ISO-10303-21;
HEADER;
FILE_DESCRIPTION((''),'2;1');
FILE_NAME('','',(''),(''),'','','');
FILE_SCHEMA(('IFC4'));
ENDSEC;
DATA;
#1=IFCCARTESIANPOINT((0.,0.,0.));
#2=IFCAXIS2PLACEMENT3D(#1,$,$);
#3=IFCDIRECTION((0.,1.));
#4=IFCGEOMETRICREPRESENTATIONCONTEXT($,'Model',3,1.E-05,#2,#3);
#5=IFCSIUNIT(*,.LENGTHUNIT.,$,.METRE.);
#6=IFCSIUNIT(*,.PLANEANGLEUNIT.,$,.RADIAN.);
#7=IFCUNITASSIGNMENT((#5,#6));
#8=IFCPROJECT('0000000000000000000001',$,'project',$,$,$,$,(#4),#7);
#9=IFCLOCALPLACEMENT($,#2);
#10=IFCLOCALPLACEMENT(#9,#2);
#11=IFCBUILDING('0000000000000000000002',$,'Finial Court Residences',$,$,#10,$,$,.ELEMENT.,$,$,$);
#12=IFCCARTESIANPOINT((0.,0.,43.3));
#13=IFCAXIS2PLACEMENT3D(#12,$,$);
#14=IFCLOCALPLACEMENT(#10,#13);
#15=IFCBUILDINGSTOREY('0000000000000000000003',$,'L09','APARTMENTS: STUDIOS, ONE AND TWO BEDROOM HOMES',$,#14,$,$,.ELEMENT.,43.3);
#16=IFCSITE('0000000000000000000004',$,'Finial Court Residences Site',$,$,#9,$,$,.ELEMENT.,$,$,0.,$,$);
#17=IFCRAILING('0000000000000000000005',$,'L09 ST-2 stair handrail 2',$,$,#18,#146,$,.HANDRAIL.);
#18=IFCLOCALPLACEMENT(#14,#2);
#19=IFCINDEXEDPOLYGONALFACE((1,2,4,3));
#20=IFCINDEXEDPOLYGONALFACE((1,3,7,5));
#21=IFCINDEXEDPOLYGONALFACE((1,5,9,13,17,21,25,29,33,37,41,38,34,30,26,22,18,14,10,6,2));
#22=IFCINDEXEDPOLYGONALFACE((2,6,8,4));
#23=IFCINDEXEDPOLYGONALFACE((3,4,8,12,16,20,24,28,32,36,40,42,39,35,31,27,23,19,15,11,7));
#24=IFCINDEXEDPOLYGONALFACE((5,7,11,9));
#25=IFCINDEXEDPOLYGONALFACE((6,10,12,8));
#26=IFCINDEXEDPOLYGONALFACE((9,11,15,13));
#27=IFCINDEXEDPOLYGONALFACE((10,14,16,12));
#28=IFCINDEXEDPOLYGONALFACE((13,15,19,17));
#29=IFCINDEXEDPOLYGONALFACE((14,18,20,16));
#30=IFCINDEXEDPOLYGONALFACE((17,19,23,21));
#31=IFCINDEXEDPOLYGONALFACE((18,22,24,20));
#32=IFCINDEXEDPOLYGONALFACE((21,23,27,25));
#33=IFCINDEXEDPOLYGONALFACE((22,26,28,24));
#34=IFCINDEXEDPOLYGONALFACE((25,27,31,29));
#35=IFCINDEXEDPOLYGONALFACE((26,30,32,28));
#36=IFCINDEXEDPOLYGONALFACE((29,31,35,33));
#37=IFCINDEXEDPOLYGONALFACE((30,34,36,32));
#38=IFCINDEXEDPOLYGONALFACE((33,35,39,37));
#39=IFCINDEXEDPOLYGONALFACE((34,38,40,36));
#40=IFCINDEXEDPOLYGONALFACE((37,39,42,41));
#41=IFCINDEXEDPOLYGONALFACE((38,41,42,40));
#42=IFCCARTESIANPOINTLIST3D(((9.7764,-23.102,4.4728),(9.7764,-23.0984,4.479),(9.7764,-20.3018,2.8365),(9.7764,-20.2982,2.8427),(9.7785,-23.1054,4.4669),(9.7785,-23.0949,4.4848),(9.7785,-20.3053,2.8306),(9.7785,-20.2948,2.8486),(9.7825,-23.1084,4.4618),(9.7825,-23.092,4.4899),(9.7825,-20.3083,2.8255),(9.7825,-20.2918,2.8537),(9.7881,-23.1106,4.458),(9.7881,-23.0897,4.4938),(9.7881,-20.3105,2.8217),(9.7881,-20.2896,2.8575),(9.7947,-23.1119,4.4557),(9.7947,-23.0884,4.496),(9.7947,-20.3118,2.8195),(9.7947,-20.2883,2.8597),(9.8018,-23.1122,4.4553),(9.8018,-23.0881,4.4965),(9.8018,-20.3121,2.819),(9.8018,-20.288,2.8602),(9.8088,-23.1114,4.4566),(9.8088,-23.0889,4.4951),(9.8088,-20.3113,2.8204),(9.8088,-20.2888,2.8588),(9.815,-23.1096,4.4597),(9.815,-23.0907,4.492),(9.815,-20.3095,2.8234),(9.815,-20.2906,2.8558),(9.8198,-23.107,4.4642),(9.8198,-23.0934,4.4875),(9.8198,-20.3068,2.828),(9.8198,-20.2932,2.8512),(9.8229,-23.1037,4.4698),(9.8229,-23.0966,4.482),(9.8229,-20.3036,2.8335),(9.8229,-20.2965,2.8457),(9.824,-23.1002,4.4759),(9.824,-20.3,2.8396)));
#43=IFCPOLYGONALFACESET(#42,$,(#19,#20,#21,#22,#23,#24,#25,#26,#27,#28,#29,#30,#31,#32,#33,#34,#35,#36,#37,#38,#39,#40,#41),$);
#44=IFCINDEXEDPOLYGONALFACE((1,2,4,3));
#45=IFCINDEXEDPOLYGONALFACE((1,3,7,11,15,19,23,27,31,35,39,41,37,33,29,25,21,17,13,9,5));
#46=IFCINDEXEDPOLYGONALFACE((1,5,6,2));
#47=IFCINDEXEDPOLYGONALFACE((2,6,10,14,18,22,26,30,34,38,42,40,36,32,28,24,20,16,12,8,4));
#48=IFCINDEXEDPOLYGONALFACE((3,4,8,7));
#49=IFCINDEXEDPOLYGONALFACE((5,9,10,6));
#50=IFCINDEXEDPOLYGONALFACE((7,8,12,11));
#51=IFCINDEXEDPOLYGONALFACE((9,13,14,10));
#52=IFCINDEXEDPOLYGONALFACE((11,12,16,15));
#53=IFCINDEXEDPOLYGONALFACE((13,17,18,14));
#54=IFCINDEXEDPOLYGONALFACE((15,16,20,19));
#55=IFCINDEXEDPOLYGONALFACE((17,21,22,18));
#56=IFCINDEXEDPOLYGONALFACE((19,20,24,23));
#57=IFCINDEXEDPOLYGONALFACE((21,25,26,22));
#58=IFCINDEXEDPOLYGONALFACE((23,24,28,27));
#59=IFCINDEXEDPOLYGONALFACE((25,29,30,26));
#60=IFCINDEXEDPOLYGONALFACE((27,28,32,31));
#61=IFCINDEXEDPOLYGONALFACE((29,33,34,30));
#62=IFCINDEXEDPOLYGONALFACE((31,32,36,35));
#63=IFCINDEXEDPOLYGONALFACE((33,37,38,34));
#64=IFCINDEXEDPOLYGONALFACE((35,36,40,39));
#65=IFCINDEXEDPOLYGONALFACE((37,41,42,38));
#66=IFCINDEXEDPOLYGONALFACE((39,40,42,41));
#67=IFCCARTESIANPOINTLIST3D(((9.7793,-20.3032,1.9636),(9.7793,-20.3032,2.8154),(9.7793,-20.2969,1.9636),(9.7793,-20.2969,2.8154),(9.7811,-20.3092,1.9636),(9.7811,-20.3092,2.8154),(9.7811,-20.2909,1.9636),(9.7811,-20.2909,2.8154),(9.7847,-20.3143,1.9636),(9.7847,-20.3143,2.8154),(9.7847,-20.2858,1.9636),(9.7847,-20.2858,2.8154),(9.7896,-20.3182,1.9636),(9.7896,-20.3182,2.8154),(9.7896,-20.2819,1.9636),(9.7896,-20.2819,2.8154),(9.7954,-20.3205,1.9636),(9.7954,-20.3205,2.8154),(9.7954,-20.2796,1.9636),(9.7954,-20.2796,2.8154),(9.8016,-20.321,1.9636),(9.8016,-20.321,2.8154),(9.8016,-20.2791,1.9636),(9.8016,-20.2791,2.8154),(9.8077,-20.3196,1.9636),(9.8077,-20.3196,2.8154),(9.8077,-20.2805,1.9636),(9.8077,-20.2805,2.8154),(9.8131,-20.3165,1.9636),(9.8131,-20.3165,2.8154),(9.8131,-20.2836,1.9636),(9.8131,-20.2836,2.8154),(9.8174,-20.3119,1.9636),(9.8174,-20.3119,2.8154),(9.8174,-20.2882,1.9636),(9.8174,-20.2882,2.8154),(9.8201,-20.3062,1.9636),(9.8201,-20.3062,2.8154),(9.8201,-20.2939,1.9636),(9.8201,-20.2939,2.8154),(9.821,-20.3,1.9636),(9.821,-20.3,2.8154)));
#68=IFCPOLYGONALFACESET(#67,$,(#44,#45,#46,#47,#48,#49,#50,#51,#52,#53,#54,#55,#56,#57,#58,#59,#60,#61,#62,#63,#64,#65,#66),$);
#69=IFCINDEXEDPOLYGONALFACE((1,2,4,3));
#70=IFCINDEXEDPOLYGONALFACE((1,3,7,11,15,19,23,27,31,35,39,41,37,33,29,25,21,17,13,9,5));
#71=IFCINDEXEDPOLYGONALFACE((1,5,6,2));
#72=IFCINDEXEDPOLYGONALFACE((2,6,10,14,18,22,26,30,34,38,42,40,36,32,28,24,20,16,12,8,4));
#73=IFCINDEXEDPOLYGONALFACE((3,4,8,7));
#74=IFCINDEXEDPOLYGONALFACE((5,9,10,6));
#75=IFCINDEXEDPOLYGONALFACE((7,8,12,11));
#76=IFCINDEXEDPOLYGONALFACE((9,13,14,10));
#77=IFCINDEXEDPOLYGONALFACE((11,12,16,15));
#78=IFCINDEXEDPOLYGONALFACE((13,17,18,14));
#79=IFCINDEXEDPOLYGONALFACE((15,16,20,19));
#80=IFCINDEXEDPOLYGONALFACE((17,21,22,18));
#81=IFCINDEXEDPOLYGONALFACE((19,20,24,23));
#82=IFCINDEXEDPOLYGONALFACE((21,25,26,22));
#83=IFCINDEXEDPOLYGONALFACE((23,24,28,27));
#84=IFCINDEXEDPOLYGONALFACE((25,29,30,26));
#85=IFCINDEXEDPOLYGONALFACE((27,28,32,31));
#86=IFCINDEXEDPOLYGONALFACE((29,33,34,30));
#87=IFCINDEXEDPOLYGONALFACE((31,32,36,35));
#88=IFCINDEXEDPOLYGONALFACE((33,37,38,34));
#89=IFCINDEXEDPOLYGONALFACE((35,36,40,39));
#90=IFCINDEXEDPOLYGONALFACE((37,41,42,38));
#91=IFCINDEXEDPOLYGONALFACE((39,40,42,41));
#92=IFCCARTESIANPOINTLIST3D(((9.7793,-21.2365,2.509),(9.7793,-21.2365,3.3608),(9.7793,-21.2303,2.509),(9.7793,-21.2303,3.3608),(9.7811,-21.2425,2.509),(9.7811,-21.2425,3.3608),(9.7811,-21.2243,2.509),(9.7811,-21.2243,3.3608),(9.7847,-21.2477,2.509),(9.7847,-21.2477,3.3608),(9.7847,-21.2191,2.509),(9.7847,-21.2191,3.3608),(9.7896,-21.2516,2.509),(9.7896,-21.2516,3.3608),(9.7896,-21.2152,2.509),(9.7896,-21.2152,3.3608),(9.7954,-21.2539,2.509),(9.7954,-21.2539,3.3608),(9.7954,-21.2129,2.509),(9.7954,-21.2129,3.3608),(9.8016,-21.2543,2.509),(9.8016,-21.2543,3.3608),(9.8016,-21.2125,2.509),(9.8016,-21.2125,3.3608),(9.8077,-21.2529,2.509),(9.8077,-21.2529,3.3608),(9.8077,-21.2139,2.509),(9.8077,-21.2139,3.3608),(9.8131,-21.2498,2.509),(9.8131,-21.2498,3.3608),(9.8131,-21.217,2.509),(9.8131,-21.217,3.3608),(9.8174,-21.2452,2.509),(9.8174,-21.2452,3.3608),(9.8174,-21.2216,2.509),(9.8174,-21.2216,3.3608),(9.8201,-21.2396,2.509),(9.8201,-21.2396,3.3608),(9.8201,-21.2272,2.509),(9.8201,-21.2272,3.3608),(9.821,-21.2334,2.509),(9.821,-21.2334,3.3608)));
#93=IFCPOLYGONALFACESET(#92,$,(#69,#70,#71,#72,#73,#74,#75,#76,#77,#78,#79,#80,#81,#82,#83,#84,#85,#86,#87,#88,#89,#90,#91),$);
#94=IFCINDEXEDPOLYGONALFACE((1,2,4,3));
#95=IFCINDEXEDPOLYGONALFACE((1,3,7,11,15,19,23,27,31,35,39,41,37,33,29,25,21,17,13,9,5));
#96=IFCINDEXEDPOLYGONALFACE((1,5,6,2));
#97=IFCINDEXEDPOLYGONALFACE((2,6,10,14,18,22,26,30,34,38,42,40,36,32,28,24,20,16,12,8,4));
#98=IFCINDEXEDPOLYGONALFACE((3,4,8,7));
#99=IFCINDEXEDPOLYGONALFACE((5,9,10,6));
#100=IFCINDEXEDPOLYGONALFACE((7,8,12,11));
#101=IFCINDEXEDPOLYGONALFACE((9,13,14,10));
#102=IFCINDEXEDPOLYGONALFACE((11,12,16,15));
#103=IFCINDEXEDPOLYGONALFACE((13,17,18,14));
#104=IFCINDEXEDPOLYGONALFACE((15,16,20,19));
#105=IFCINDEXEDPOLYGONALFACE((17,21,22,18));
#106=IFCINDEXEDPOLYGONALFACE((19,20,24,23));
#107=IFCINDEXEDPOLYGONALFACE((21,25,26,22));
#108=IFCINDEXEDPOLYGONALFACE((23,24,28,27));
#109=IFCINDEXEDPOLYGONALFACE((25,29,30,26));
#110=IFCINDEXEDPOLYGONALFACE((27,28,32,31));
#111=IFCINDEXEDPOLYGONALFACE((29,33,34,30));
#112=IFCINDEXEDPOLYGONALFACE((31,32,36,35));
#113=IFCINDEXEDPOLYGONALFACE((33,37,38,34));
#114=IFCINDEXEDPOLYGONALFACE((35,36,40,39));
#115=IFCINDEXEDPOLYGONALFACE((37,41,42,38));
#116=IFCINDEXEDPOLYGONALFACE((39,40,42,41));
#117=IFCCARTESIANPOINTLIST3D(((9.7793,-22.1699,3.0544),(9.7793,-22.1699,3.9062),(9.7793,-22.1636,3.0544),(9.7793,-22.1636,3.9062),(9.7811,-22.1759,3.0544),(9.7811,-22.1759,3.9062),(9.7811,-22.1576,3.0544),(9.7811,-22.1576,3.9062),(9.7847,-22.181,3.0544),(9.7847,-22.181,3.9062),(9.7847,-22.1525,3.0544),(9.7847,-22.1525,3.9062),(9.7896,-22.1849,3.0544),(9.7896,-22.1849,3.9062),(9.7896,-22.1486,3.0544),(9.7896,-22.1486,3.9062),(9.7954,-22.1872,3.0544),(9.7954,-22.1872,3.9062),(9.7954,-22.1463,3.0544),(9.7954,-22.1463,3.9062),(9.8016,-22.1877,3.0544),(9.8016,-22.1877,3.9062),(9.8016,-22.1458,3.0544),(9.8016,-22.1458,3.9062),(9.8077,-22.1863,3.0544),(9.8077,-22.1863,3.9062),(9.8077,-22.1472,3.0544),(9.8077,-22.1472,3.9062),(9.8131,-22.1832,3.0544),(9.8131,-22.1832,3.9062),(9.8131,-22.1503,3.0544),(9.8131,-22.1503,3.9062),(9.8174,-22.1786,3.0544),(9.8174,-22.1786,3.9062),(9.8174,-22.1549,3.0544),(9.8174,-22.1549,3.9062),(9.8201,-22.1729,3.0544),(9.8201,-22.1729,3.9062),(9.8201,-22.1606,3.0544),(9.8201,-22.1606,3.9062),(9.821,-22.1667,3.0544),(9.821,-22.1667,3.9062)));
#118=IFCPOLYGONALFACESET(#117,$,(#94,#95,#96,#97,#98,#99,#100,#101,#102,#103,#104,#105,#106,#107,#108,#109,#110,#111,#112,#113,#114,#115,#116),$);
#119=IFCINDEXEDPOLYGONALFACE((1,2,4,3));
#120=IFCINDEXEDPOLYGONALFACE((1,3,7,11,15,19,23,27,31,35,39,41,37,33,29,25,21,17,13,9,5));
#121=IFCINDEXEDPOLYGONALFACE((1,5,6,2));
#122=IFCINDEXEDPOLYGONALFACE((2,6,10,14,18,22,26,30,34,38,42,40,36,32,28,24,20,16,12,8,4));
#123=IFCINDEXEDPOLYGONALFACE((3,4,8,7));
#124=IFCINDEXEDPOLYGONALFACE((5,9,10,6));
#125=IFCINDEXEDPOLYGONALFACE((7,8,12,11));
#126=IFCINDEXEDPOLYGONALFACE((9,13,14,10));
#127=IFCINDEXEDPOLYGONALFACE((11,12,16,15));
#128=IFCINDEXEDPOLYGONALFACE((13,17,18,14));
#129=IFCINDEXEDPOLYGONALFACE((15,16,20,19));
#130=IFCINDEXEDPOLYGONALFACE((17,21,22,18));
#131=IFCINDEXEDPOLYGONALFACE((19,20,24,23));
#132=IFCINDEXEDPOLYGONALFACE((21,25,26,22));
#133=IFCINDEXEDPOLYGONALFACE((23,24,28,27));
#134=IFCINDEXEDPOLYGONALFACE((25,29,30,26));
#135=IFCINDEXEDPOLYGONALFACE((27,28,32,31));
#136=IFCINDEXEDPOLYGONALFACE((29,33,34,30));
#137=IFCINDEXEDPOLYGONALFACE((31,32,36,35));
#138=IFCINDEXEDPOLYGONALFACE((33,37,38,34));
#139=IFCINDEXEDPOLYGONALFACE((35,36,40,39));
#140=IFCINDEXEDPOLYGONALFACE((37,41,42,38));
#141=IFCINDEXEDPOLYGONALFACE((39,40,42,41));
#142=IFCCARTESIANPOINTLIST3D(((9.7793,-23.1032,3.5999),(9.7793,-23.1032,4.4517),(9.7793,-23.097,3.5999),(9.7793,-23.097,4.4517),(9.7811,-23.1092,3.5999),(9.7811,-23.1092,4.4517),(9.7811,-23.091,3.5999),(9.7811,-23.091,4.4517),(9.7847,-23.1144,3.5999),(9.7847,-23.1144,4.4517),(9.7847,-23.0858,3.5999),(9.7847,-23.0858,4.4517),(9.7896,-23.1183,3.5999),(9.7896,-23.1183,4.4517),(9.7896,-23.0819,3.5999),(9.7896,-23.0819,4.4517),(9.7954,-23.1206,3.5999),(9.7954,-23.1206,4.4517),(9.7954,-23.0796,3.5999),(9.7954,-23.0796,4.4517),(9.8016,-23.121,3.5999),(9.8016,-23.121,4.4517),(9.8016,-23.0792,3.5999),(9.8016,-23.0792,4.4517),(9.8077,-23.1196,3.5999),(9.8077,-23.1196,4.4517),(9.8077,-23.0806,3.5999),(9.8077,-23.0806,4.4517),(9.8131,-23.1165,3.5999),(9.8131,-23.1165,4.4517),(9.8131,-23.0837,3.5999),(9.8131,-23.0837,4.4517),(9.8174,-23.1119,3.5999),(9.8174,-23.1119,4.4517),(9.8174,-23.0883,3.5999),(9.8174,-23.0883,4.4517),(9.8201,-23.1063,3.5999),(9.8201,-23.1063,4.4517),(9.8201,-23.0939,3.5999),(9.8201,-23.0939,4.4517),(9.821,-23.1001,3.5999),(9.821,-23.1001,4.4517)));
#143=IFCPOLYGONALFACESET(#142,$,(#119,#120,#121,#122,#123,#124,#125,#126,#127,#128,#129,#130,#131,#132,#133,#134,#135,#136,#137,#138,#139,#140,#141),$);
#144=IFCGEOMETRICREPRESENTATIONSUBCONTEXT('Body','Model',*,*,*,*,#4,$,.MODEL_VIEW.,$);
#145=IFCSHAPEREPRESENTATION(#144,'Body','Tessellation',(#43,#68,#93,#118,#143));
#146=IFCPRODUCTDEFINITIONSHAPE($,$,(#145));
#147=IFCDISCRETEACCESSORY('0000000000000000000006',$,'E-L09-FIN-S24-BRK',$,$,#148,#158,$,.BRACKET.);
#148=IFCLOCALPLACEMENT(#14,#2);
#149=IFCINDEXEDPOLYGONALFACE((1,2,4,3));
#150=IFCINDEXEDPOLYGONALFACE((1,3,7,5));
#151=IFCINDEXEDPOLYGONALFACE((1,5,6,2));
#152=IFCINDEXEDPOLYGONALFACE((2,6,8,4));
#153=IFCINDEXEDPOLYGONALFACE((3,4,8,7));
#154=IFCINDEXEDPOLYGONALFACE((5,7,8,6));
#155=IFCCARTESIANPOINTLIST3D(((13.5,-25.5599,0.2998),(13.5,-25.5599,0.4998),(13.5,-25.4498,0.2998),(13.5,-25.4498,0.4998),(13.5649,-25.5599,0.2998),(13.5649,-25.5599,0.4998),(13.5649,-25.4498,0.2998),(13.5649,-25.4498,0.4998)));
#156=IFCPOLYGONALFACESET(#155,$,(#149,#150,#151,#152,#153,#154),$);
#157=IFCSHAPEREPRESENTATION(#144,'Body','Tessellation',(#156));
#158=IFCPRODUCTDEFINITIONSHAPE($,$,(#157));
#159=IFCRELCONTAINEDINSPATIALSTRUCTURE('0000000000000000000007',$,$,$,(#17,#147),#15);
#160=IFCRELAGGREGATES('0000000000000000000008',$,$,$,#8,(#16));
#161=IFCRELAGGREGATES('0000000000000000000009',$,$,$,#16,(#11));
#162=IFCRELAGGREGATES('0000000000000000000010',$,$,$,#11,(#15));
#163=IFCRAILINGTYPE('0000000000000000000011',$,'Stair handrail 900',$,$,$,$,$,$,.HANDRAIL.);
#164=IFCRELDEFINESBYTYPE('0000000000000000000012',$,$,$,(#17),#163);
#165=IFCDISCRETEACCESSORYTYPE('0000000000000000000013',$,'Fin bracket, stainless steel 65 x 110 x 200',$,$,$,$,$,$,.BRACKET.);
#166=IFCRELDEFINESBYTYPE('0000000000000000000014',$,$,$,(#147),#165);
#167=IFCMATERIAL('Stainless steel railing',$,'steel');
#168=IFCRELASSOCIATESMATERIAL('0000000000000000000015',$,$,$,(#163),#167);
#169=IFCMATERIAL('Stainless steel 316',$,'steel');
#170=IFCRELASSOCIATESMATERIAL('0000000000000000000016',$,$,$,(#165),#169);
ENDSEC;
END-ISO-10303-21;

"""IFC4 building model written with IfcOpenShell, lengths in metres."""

from ifc_helpers import new_model, si_unit, direction, frame, origin, origin_2d, place, context, subcontext, project, spatial, rectangle, circle, extrude, material, type_object, element, save


model = new_model("IFC4")

# Units and contexts
model_context = context("Model", 3, precision=1e-05, world=origin(), true_north=direction((0.0, 1.0)))
body_context = subcontext(model_context, "Body", "Model", "MODEL_VIEW")
ifc_project = project(units=[si_unit("LENGTHUNIT", "METRE"), si_unit("PLANEANGLEUNIT", "RADIAN")], contexts=[model_context])

# Site, building, storey
site_placement = place(None, origin())
site = spatial("IfcSite", under=ifc_project, at=site_placement, Name="Finial Court Residences Site", CompositionType="ELEMENT", RefElevation=0.0)
building_placement = place(site_placement, origin())
building = spatial("IfcBuilding", under=site, at=building_placement, Name="Finial Court Residences", CompositionType="ELEMENT")
storey_placement = place(building_placement, frame((0.0, 0.0, 43.3)))
storey = spatial("IfcBuildingStorey", under=building, at=storey_placement, Name="L09", Description="APARTMENTS: STUDIOS, ONE AND TWO BEDROOM HOMES", CompositionType="ELEMENT", Elevation=43.3)

# Railing
ifc_material_1 = material(Name="Stainless steel railing", Category="steel")
railing_type_1 = type_object("IfcRailingType", Name="Stair handrail 900", PredefinedType="HANDRAIL", material=ifc_material_1)
railing_1_placement = place(storey_placement, frame((9.8, -20.3, 1.9636)))
element("IfcRailing", 1, at=railing_1_placement, inside=storey, type_object=railing_type_1, Name="L09 ST-2 stair handrail 2", PredefinedType="HANDRAIL", context=body_context, shape_type="SweptSolid", body=[
    extrude(circle(Radius=0.0239, at=origin_2d()), frame((0.0, 0.0, 0.876), z_axis=(0.0, -0.863394, 0.504531), x_axis=(1.0, 0.0, 0.0)), (0.0, 0.0, 1.0), 3.2432),
    extrude(circle(Radius=0.021, at=origin_2d()), origin(), (0.0, 0.0, 1.0), 0.8518),
    extrude(circle(Radius=0.021, at=origin_2d()), frame((0.0, -0.9333, 0.5454)), (0.0, 0.0, 1.0), 0.8518),
    extrude(circle(Radius=0.021, at=origin_2d()), frame((0.0, -1.8667, 1.0908)), (0.0, 0.0, 1.0), 0.8518),
    extrude(circle(Radius=0.021, at=origin_2d()), frame((0.0, -2.8, 1.6362)), (0.0, 0.0, 1.0), 0.8518),
])

# Discrete accessory
ifc_material_2 = material(Name="Stainless steel 316", Category="steel")
discrete_accessory_type = type_object("IfcDiscreteAccessoryType", Name="Fin bracket, stainless steel 65 x 110 x 200", PredefinedType="BRACKET", material=ifc_material_2)
discrete_accessory_placement = place(storey_placement, frame((13.5325, -25.5049, 0.2998), z_axis=(0.0, 0.0, 1.0), x_axis=(1.0, 0.0, 0.0)))
element("IfcDiscreteAccessory", 2, at=discrete_accessory_placement, inside=storey, type_object=discrete_accessory_type, Name="E-L09-FIN-S24-BRK", PredefinedType="BRACKET", context=body_context, shape_type="SweptSolid", body=[
    extrude(rectangle(XDim=0.0649, YDim=0.1101, at=origin_2d()), origin(), (0.0, 0.0, 1.0), 0.2),
])

save(model, "model.ifc")
